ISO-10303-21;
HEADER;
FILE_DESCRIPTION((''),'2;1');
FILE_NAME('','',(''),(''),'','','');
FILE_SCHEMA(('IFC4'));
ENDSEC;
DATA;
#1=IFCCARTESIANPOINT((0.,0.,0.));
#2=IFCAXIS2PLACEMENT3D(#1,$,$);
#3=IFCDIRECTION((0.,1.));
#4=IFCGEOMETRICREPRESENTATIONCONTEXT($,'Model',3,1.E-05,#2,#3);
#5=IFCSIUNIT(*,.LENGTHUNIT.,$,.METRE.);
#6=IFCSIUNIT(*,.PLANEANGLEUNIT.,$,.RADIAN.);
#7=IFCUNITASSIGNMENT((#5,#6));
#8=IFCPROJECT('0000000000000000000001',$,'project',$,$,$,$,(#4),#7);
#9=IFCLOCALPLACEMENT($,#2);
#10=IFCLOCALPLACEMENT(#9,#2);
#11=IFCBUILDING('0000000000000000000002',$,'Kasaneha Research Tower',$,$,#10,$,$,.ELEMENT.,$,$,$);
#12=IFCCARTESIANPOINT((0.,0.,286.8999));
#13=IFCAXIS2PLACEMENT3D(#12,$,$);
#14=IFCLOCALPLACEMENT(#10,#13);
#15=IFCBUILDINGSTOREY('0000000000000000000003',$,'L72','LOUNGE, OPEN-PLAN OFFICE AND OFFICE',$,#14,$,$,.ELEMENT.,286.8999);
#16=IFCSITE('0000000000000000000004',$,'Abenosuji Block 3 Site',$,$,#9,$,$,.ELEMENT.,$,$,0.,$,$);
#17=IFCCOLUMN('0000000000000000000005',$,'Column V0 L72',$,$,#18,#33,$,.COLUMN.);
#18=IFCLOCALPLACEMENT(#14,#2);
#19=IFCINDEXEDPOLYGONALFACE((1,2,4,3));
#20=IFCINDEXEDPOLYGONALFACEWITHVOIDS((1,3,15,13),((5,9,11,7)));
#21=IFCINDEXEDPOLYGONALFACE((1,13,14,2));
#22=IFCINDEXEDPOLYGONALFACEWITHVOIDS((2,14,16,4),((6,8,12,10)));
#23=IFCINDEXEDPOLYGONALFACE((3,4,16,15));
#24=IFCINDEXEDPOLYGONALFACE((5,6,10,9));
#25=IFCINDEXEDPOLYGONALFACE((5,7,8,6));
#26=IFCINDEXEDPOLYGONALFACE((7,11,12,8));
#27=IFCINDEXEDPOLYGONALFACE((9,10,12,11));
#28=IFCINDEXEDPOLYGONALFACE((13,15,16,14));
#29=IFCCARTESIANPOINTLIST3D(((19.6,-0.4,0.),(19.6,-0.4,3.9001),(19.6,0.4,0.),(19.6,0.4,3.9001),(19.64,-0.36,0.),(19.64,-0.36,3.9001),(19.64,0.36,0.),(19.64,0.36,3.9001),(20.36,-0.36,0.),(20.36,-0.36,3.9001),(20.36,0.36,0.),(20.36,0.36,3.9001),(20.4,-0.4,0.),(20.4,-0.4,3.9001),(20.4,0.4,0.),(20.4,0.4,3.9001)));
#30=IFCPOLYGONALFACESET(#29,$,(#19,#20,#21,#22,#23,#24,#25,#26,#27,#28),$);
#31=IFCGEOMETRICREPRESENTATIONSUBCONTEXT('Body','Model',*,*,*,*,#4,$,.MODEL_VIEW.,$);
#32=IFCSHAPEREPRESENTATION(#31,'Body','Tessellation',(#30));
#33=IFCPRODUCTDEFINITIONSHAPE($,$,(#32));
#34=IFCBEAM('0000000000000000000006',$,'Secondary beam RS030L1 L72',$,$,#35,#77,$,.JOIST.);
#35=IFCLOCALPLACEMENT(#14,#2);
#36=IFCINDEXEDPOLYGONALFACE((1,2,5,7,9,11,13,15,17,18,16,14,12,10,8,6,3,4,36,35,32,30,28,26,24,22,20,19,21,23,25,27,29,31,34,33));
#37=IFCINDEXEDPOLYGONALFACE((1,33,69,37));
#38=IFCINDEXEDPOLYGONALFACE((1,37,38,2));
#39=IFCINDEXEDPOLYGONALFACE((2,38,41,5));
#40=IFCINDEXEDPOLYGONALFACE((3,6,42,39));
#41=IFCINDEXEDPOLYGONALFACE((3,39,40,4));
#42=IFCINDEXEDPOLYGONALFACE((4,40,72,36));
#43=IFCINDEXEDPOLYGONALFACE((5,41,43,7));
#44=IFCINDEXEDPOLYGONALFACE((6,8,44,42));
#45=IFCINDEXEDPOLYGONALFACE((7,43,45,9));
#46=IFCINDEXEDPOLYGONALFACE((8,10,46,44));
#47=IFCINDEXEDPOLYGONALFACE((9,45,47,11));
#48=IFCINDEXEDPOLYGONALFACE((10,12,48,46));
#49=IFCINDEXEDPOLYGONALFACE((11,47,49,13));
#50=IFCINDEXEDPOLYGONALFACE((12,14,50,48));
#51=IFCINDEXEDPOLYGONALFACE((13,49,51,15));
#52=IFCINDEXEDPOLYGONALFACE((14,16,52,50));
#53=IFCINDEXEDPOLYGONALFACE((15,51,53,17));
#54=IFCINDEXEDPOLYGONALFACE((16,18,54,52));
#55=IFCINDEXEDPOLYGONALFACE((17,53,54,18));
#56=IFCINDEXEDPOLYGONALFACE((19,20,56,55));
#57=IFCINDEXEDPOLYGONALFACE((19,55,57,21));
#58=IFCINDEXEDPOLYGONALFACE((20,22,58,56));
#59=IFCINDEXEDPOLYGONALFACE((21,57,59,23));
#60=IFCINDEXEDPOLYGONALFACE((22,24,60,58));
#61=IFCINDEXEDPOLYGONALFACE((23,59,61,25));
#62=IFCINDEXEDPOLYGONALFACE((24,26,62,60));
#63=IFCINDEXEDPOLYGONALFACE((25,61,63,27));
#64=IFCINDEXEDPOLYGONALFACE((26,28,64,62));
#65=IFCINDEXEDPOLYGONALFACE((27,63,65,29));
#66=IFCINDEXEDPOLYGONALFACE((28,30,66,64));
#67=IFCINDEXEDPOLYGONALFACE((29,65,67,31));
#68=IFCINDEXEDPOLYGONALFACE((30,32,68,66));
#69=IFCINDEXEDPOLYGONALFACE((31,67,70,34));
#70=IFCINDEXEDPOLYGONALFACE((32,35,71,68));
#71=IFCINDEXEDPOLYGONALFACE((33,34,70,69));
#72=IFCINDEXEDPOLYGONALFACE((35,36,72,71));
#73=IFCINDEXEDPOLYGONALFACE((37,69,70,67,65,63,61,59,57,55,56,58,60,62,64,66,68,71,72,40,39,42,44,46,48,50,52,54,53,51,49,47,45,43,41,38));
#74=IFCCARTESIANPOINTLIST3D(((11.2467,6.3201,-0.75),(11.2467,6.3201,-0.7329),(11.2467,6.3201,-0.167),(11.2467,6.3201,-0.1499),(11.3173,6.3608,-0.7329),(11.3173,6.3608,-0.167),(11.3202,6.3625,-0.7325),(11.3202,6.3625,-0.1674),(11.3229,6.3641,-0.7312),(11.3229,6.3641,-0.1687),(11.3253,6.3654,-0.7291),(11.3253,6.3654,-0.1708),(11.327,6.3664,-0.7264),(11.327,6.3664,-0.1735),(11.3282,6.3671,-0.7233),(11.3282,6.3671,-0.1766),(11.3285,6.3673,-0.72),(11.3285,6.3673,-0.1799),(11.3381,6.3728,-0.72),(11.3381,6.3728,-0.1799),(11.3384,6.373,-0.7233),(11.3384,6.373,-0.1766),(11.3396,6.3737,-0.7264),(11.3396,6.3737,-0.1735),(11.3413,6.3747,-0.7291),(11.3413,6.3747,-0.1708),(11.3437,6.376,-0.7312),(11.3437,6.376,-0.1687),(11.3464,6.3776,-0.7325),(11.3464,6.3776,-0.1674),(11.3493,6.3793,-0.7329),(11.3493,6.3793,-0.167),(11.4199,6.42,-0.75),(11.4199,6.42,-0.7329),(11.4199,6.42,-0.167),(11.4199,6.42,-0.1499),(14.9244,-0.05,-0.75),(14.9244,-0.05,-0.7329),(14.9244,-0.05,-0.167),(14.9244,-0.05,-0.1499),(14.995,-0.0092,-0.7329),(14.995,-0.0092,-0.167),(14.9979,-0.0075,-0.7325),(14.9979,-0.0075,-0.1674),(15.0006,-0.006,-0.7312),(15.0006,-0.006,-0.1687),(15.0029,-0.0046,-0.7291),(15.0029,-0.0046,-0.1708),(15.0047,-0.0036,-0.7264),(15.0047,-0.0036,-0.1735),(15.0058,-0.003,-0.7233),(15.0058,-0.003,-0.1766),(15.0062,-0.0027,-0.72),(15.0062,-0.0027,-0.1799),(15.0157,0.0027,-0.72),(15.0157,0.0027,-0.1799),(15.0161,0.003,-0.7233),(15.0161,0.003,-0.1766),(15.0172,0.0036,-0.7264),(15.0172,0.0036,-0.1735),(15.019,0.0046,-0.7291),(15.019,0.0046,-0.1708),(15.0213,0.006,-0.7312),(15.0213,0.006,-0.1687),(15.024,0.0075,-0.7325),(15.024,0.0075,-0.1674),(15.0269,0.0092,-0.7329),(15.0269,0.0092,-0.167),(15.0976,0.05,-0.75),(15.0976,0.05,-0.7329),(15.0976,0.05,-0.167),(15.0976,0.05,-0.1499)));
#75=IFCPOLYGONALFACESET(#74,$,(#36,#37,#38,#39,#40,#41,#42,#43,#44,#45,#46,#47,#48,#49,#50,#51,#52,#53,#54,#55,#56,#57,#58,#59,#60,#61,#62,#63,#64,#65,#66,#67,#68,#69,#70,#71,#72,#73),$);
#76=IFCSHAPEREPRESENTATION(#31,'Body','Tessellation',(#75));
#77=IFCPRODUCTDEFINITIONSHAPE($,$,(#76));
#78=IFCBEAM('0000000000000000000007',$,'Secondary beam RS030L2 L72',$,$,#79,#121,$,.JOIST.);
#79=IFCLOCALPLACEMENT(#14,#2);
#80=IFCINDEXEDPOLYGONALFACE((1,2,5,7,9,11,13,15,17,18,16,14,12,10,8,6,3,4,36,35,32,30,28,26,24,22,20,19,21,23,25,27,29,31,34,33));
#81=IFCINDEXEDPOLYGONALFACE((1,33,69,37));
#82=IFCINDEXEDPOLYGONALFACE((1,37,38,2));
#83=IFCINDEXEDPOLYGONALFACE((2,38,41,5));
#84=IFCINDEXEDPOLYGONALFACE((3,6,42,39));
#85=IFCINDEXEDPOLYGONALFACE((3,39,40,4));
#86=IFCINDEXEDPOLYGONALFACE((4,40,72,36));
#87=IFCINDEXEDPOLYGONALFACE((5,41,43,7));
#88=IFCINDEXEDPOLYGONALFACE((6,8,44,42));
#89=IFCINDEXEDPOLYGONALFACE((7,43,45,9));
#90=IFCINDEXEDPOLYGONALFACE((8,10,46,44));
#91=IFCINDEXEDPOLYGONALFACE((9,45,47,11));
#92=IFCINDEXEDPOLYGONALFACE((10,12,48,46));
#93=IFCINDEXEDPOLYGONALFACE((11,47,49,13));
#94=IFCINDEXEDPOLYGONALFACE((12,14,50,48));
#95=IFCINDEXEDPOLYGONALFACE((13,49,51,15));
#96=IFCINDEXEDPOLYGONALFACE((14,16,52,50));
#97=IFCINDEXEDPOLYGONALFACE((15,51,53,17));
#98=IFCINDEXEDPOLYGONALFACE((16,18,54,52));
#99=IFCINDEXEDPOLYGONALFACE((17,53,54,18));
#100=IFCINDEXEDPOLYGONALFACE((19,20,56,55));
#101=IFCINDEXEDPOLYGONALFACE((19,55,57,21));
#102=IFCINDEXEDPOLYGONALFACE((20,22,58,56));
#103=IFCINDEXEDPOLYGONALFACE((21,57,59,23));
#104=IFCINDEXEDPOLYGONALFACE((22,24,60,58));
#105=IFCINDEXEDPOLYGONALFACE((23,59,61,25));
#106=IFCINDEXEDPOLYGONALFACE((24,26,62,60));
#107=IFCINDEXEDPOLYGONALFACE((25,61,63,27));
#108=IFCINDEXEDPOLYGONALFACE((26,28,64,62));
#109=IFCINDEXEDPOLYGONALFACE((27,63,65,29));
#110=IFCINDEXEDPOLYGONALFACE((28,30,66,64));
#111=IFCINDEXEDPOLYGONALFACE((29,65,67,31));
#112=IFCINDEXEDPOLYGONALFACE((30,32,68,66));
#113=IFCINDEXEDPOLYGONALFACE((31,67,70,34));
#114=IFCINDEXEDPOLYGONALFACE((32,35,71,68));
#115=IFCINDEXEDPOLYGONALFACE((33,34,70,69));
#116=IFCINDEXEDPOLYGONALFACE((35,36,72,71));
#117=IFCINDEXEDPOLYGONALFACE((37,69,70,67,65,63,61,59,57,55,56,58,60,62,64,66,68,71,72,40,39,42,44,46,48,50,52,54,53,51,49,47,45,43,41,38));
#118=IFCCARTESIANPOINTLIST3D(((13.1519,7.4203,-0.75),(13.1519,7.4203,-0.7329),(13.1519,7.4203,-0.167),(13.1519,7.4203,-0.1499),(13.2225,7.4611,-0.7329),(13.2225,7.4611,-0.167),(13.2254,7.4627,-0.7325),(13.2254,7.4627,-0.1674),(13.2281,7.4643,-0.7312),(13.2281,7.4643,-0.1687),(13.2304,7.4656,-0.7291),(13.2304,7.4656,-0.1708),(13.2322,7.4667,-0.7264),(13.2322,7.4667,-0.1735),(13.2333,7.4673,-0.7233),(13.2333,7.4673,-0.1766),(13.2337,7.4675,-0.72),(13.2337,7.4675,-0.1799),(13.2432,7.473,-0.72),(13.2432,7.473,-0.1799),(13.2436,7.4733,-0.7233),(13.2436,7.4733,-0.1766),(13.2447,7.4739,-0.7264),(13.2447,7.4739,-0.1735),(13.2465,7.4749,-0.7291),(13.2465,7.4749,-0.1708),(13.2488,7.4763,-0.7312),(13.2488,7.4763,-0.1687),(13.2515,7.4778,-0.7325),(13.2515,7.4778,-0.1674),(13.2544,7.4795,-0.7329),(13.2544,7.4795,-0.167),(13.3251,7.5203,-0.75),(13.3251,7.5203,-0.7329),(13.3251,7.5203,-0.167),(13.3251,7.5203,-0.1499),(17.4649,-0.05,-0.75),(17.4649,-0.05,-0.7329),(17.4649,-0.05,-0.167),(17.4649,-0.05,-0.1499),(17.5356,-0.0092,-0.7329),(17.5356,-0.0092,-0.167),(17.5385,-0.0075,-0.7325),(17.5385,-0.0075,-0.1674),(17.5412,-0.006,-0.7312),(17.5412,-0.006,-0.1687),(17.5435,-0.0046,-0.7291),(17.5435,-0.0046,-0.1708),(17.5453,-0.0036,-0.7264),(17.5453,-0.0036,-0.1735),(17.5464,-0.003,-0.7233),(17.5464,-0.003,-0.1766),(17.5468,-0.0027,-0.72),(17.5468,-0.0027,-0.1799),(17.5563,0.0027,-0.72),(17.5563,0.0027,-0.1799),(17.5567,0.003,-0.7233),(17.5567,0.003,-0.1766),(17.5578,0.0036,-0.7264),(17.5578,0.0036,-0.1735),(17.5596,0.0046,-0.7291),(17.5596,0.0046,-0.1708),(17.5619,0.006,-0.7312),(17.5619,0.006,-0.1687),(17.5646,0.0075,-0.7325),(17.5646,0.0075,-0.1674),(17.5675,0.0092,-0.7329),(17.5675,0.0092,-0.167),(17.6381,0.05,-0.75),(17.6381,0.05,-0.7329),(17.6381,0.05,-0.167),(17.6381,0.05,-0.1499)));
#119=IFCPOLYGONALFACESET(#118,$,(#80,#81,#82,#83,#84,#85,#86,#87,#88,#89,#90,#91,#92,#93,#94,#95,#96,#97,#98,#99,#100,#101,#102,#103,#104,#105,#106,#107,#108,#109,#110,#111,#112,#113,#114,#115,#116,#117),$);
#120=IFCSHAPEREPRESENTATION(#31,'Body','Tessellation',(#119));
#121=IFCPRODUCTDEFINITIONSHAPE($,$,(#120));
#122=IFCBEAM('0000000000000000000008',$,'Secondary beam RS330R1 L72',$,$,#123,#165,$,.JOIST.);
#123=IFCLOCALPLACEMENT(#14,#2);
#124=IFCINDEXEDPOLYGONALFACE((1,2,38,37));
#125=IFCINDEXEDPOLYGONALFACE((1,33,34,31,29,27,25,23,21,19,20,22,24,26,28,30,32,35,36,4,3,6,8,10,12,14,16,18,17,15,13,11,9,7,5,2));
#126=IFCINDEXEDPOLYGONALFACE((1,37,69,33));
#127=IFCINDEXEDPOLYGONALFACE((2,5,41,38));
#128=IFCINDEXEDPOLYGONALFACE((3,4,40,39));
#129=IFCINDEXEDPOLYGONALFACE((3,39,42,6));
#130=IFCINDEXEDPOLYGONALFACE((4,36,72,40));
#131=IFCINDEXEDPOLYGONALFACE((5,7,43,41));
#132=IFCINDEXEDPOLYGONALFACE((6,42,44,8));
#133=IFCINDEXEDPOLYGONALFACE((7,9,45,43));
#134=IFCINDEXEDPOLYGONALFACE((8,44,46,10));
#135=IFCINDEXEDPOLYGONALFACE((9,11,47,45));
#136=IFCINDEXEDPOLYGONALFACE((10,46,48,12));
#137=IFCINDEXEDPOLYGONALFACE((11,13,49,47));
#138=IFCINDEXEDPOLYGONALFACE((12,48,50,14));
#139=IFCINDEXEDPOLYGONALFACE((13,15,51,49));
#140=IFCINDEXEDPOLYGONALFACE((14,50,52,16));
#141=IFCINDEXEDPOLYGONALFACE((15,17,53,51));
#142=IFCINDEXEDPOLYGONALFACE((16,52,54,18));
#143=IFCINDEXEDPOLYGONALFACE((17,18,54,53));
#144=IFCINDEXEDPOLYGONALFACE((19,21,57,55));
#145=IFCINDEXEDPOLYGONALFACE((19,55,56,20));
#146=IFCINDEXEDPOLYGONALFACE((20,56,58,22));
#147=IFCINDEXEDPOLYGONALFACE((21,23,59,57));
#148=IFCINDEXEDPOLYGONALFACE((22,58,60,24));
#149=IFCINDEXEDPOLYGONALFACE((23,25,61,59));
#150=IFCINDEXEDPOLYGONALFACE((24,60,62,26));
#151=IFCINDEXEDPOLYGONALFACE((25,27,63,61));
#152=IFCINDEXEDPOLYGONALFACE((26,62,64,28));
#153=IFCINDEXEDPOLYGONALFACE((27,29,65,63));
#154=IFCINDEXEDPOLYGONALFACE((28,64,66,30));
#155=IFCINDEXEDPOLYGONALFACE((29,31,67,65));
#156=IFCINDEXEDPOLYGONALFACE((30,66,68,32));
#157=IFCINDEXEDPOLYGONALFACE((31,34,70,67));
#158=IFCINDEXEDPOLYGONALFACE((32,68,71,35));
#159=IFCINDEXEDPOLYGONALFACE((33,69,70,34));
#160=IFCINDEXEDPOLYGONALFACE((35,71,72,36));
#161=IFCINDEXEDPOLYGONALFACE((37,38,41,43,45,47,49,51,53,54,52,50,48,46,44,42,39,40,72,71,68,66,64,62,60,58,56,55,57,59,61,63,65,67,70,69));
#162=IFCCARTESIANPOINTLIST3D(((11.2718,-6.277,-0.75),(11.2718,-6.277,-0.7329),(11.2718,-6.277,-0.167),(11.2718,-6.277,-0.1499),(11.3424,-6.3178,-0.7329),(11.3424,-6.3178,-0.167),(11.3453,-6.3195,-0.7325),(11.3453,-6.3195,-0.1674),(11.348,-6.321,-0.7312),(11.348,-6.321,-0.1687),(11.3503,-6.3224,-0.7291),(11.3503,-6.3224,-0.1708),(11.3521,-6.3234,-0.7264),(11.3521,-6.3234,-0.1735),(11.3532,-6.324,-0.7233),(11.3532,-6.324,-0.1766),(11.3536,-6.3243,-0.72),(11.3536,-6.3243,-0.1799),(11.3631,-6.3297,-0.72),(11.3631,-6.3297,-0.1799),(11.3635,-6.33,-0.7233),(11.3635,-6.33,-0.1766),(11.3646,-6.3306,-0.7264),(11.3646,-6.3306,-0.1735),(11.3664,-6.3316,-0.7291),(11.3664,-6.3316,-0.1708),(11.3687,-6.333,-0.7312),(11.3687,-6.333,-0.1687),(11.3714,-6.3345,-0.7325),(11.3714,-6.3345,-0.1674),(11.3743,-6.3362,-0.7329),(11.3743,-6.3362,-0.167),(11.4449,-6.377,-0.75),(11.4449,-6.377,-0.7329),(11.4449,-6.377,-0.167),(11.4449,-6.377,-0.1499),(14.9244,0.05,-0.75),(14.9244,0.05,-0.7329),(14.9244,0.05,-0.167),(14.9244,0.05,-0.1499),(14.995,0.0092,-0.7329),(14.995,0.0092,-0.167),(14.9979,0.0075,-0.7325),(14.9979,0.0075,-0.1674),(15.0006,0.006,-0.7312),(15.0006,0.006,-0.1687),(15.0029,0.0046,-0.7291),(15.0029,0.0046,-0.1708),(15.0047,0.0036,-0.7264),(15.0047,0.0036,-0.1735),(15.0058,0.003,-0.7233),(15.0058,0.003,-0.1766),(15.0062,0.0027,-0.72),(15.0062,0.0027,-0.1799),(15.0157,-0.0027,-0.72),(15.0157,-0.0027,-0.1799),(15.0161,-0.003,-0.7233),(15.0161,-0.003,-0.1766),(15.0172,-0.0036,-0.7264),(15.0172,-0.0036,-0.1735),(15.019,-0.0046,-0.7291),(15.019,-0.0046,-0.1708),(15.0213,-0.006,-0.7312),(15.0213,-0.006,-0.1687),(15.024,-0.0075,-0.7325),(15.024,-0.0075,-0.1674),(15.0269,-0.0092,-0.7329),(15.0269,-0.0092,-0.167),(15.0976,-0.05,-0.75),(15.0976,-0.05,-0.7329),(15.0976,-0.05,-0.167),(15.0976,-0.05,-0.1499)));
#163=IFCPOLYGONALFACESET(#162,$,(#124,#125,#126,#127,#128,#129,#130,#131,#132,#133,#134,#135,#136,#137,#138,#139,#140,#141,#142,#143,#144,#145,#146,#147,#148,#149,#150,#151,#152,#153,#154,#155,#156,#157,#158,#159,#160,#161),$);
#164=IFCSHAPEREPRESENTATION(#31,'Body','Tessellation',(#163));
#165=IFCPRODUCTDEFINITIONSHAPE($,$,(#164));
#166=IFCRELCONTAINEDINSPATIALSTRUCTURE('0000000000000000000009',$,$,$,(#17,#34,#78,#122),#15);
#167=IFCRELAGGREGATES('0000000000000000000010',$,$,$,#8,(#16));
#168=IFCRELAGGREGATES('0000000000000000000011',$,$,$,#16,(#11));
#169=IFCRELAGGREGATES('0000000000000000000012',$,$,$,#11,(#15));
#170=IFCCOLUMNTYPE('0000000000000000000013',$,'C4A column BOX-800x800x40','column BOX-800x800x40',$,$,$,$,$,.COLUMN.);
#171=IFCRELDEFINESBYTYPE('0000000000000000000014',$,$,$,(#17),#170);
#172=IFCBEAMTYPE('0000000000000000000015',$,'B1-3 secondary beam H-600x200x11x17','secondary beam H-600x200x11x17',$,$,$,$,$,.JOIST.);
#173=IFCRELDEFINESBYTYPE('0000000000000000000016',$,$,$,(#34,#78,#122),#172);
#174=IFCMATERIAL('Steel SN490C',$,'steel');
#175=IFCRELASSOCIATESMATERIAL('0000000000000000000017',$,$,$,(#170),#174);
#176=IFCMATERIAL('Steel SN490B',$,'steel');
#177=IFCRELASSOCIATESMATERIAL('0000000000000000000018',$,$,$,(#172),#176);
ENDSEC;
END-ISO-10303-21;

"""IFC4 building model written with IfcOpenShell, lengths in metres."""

from ifc_helpers import new_model, si_unit, direction, frame, origin, origin_2d, place, context, subcontext, project, spatial, hollow_rectangle, i_section, extrude, material, material_profile, profile_set, type_object, element, save


model = new_model("IFC4")

# Units and contexts
model_context = context("Model", 3, precision=1e-05, world=origin(), true_north=direction((0.0, 1.0)))
body_context = subcontext(model_context, "Body", "Model", "MODEL_VIEW")
ifc_project = project(units=[si_unit("LENGTHUNIT", "METRE"), si_unit("PLANEANGLEUNIT", "RADIAN")], contexts=[model_context])

# Site, building, storey
site_placement = place(None, origin())
site = spatial("IfcSite", under=ifc_project, at=site_placement, Name="Abenosuji Block 3 Site", CompositionType="ELEMENT", RefElevation=0.0)
building_placement = place(site_placement, origin())
building = spatial("IfcBuilding", under=site, at=building_placement, Name="Kasaneha Research Tower", CompositionType="ELEMENT")
storey_placement = place(building_placement, frame((0.0, 0.0, 286.8999)))
storey = spatial("IfcBuildingStorey", under=building, at=storey_placement, Name="L72", Description="LOUNGE, OPEN-PLAN OFFICE AND OFFICE", CompositionType="ELEMENT", Elevation=286.8999)

# Column
ifc_material_1 = material(Name="Steel SN490C", Category="steel")
ifc_material_profile_1 = material_profile(ifc_material_1, hollow_rectangle(XDim=0.8, YDim=0.8, WallThickness=0.04, at=origin_2d()), Name="BOX-800x800x40")
ifc_profile_set_1 = profile_set([ifc_material_profile_1], Name="Steel SN490C")
column_type = type_object("IfcColumnType", Name="C4A column BOX-800x800x40", Description="column BOX-800x800x40", PredefinedType="COLUMN", material=ifc_profile_set_1)
column_placement = place(storey_placement, frame((20.0, 0.0, 0.0), z_axis=(0.0, 0.0, 1.0), x_axis=(1.0, 0.0, 0.0)))
element("IfcColumn", 1, at=column_placement, inside=storey, type_object=column_type, Name="Column V0 L72", PredefinedType="COLUMN", context=body_context, shape_type="SweptSolid", body=[
    extrude(hollow_rectangle(XDim=0.8, YDim=0.8, WallThickness=0.04, at=origin_2d()), origin(), (0.0, 0.0, 1.0), 3.9001),
])

# Beams
ifc_material_2 = material(Name="Steel SN490B", Category="steel")
ifc_material_profile_2 = material_profile(ifc_material_2, i_section(OverallWidth=0.2, OverallDepth=0.6001, WebThickness=0.011, FlangeThickness=0.0171, FilletRadius=0.0129, at=origin_2d()), Name="H-600x200x11x17")
ifc_profile_set_2 = profile_set([ifc_material_profile_2], Name="Steel SN490B")
beam_type_1 = type_object("IfcBeamType", Name="B1-3 secondary beam H-600x200x11x17", Description="secondary beam H-600x200x11x17", PredefinedType="JOIST", material=ifc_profile_set_2)
beam_1_placement = place(storey_placement, frame((15.011, 0.0, -0.45), z_axis=(-0.499994, 0.866029, 0.0), x_axis=(-0.866029, -0.499994, 0.0)))
element("IfcBeam", 2, at=beam_1_placement, inside=storey, type_object=beam_type_1, Name="Secondary beam RS030L1 L72", PredefinedType="JOIST", context=body_context, shape_type="SweptSolid", body=[
    extrude(i_section(OverallWidth=0.2, OverallDepth=0.6001, WebThickness=0.011, FlangeThickness=0.0171, FilletRadius=0.0129, at=origin_2d()), origin(), (0.0, 0.0, 1.0), 7.3555),
])
beam_2_placement = place(storey_placement, frame((17.5515, 0.0, -0.45), z_axis=(-0.500005, 0.866023, 0.0), x_axis=(-0.866023, -0.500005, 0.0)))
element("IfcBeam", 3, at=beam_2_placement, inside=storey, type_object=beam_type_1, Name="Secondary beam RS030L2 L72", PredefinedType="JOIST", context=body_context, shape_type="SweptSolid", body=[
    extrude(i_section(OverallWidth=0.2, OverallDepth=0.6001, WebThickness=0.011, FlangeThickness=0.0171, FilletRadius=0.0129, at=origin_2d()), origin(), (0.0, 0.0, 1.0), 8.626),
])
beam_3_placement = place(storey_placement, frame((15.011, 0.0, -0.45), z_axis=(-0.499974, -0.86604, 0.0), x_axis=(0.86604, -0.499974, 0.0)))
element("IfcBeam", 4, at=beam_3_placement, inside=storey, type_object=beam_type_1, Name="Secondary beam RS330R1 L72", PredefinedType="JOIST", context=body_context, shape_type="SweptSolid", body=[
    extrude(i_section(OverallWidth=0.2, OverallDepth=0.6001, WebThickness=0.011, FlangeThickness=0.0171, FilletRadius=0.0129, at=origin_2d()), origin(), (0.0, 0.0, 1.0), 7.3057),
])

save(model, "model.ifc")
